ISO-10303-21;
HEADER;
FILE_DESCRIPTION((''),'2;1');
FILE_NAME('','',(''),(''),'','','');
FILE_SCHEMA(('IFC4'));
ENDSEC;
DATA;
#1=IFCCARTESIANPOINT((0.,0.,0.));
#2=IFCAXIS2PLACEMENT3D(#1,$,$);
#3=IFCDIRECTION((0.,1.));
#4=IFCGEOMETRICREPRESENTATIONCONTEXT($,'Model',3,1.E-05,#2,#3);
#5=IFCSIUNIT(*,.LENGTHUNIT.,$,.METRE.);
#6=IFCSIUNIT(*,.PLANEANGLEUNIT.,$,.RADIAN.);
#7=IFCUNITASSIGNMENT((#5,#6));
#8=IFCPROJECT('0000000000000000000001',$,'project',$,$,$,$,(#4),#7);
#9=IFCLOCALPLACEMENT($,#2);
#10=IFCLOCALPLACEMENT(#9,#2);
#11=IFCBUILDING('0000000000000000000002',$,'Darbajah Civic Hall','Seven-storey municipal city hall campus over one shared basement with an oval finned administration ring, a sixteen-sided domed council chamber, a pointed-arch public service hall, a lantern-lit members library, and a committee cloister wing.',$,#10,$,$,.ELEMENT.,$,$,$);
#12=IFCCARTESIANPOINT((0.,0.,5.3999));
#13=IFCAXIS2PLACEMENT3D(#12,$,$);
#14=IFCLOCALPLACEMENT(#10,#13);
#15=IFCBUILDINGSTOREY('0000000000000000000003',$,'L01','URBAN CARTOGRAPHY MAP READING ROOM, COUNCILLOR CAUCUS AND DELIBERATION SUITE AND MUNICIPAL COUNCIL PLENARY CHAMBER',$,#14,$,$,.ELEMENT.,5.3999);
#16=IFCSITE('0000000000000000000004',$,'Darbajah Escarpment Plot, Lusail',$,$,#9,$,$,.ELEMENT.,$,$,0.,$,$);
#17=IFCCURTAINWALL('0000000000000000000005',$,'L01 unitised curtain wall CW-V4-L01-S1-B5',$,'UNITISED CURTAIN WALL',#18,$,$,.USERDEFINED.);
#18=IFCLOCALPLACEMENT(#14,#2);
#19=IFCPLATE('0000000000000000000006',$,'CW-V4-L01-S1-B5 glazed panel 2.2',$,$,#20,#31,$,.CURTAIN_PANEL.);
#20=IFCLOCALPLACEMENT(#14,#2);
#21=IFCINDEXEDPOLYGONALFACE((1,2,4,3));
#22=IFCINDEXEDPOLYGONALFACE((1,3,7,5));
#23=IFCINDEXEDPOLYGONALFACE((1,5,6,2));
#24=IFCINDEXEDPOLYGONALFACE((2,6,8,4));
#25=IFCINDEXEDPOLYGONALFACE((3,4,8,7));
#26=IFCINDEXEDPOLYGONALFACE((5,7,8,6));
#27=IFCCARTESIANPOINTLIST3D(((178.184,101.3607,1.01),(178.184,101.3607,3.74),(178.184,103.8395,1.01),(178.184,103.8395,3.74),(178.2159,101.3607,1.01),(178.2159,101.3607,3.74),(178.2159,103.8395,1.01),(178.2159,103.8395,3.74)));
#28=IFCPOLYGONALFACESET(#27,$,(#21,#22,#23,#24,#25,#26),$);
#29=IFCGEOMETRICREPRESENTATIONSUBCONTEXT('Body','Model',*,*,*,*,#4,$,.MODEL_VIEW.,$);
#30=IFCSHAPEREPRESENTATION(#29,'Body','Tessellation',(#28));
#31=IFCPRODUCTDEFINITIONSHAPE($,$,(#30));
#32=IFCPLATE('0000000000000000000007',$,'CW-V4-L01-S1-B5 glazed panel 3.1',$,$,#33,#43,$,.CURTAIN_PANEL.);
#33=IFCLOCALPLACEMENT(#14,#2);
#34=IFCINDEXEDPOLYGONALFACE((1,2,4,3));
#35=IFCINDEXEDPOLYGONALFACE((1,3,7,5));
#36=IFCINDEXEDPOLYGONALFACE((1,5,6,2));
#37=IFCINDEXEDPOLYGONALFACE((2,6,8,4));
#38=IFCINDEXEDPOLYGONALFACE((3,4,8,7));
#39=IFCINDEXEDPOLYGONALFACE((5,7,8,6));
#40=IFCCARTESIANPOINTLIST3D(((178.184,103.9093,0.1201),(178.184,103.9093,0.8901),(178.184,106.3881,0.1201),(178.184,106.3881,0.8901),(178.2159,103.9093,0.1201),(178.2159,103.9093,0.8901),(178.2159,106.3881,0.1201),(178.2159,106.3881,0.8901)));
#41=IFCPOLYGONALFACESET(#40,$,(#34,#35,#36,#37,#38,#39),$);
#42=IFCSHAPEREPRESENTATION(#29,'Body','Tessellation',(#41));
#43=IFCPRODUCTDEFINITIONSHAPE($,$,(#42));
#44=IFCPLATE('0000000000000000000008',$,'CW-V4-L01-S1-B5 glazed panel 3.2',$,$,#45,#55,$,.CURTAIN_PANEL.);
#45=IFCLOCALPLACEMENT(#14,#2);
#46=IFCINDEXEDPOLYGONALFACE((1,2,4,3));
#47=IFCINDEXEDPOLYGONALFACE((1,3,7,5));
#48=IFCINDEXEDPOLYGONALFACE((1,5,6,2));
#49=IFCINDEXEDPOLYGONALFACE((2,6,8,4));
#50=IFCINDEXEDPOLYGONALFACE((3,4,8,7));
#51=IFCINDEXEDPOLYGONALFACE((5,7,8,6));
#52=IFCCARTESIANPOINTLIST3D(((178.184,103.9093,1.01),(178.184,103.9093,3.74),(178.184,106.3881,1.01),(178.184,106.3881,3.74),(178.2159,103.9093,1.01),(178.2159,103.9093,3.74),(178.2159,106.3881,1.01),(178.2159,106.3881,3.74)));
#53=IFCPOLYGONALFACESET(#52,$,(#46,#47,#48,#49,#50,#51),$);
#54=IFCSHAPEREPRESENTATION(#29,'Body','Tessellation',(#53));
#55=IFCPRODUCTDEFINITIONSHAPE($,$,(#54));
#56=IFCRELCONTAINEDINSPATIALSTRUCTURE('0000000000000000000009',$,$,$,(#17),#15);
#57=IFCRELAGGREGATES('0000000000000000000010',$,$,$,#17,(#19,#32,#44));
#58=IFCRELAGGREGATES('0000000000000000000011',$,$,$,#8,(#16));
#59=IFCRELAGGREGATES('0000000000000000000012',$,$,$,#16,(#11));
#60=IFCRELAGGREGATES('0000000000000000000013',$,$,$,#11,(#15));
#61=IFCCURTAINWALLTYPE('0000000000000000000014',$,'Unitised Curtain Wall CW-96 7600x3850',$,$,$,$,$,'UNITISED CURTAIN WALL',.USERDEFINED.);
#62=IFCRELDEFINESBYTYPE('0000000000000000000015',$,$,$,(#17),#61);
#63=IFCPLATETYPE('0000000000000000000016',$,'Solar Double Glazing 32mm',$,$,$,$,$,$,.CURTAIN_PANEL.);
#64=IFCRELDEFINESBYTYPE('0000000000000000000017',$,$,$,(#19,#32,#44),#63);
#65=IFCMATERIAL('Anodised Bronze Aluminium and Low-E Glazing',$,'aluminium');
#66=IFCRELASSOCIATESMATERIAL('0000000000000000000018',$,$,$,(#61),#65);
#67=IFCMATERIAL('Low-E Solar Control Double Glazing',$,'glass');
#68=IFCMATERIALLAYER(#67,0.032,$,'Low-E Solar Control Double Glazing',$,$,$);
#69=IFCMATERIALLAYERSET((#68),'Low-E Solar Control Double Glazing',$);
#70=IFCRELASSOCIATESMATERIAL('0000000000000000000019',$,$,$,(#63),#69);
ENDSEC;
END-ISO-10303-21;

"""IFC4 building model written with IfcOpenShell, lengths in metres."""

from ifc_helpers import new_model, si_unit, direction, frame, origin, origin_2d, place, context, subcontext, project, spatial, rectangle, extrude, material, layer, layer_set, type_object, element, aggregate, save


model = new_model("IFC4")

# Units and contexts
model_context = context("Model", 3, precision=1e-05, world=origin(), true_north=direction((0.0, 1.0)))
body_context = subcontext(model_context, "Body", "Model", "MODEL_VIEW")
ifc_project = project(units=[si_unit("LENGTHUNIT", "METRE"), si_unit("PLANEANGLEUNIT", "RADIAN")], contexts=[model_context])

# Site, building, storey
site_placement = place(None, origin())
site = spatial("IfcSite", under=ifc_project, at=site_placement, Name="Darbajah Escarpment Plot, Lusail", CompositionType="ELEMENT", RefElevation=0.0)
building_placement = place(site_placement, origin())
building = spatial("IfcBuilding", under=site, at=building_placement, Name="Darbajah Civic Hall", Description="Seven-storey municipal city hall campus over one shared basement with an oval finned administration ring, a sixteen-sided domed council chamber, a pointed-arch public service hall, a lantern-lit members library, and a committee cloister wing.", CompositionType="ELEMENT")
storey_placement = place(building_placement, frame((0.0, 0.0, 5.3999)))
storey = spatial("IfcBuildingStorey", under=building, at=storey_placement, Name="L01", Description="URBAN CARTOGRAPHY MAP READING ROOM, COUNCILLOR CAUCUS AND DELIBERATION SUITE AND MUNICIPAL COUNCIL PLENARY CHAMBER", CompositionType="ELEMENT", Elevation=5.3999)

# Curtain wall
ifc_material_1 = material(Name="Anodised Bronze Aluminium and Low-E Glazing", Category="aluminium")
curtain_wall_type = type_object("IfcCurtainWallType", Name="Unitised Curtain Wall CW-96 7600x3850", ElementType="UNITISED CURTAIN WALL", PredefinedType="USERDEFINED", material=ifc_material_1)
curtain_wall_1_placement = place(storey_placement, origin())
curtain_wall_1 = element("IfcCurtainWall", 1, at=curtain_wall_1_placement, inside=storey, type_object=curtain_wall_type, Name="L01 unitised curtain wall CW-V4-L01-S1-B5", ObjectType="UNITISED CURTAIN WALL", PredefinedType="USERDEFINED")

# Plates
ifc_material_2 = material(Name="Low-E Solar Control Double Glazing", Category="glass")
ifc_layer = layer(ifc_material_2, 0.032, Name="Low-E Solar Control Double Glazing")
ifc_layer_set = layer_set([ifc_layer], Name="Low-E Solar Control Double Glazing")
plate_type = type_object("IfcPlateType", Name="Solar Double Glazing 32mm", PredefinedType="CURTAIN_PANEL", material=ifc_layer_set)
plate_1_placement = place(storey_placement, frame((178.2, 102.6001, 1.01), z_axis=(0.0, 0.0, 1.0), x_axis=(0.0, 1.0, 0.0)))
plate_1 = element("IfcPlate", 2, at=plate_1_placement, type_object=plate_type, Name="CW-V4-L01-S1-B5 glazed panel 2.2", PredefinedType="CURTAIN_PANEL", context=body_context, shape_type="SweptSolid", body=[
    extrude(rectangle(XDim=2.4788, YDim=0.032, at=origin_2d()), origin(), (0.0, 0.0, 1.0), 2.73),
])
plate_2_placement = place(storey_placement, frame((178.2, 105.1487, 0.1201), z_axis=(0.0, 0.0, 1.0), x_axis=(0.0, 1.0, 0.0)))
plate_2 = element("IfcPlate", 3, at=plate_2_placement, type_object=plate_type, Name="CW-V4-L01-S1-B5 glazed panel 3.1", PredefinedType="CURTAIN_PANEL", context=body_context, shape_type="SweptSolid", body=[
    extrude(rectangle(XDim=2.4788, YDim=0.032, at=origin_2d()), origin(), (0.0, 0.0, 1.0), 0.77),
])
plate_3_placement = place(storey_placement, frame((178.2, 105.1487, 1.01), z_axis=(0.0, 0.0, 1.0), x_axis=(0.0, 1.0, 0.0)))
plate_3 = element("IfcPlate", 4, at=plate_3_placement, type_object=plate_type, Name="CW-V4-L01-S1-B5 glazed panel 3.2", PredefinedType="CURTAIN_PANEL", context=body_context, shape_type="SweptSolid", body=[
    extrude(rectangle(XDim=2.4788, YDim=0.032, at=origin_2d()), origin(), (0.0, 0.0, 1.0), 2.73),
])
aggregate(curtain_wall_1, [plate_1, plate_2, plate_3])

save(model, "model.ifc")
